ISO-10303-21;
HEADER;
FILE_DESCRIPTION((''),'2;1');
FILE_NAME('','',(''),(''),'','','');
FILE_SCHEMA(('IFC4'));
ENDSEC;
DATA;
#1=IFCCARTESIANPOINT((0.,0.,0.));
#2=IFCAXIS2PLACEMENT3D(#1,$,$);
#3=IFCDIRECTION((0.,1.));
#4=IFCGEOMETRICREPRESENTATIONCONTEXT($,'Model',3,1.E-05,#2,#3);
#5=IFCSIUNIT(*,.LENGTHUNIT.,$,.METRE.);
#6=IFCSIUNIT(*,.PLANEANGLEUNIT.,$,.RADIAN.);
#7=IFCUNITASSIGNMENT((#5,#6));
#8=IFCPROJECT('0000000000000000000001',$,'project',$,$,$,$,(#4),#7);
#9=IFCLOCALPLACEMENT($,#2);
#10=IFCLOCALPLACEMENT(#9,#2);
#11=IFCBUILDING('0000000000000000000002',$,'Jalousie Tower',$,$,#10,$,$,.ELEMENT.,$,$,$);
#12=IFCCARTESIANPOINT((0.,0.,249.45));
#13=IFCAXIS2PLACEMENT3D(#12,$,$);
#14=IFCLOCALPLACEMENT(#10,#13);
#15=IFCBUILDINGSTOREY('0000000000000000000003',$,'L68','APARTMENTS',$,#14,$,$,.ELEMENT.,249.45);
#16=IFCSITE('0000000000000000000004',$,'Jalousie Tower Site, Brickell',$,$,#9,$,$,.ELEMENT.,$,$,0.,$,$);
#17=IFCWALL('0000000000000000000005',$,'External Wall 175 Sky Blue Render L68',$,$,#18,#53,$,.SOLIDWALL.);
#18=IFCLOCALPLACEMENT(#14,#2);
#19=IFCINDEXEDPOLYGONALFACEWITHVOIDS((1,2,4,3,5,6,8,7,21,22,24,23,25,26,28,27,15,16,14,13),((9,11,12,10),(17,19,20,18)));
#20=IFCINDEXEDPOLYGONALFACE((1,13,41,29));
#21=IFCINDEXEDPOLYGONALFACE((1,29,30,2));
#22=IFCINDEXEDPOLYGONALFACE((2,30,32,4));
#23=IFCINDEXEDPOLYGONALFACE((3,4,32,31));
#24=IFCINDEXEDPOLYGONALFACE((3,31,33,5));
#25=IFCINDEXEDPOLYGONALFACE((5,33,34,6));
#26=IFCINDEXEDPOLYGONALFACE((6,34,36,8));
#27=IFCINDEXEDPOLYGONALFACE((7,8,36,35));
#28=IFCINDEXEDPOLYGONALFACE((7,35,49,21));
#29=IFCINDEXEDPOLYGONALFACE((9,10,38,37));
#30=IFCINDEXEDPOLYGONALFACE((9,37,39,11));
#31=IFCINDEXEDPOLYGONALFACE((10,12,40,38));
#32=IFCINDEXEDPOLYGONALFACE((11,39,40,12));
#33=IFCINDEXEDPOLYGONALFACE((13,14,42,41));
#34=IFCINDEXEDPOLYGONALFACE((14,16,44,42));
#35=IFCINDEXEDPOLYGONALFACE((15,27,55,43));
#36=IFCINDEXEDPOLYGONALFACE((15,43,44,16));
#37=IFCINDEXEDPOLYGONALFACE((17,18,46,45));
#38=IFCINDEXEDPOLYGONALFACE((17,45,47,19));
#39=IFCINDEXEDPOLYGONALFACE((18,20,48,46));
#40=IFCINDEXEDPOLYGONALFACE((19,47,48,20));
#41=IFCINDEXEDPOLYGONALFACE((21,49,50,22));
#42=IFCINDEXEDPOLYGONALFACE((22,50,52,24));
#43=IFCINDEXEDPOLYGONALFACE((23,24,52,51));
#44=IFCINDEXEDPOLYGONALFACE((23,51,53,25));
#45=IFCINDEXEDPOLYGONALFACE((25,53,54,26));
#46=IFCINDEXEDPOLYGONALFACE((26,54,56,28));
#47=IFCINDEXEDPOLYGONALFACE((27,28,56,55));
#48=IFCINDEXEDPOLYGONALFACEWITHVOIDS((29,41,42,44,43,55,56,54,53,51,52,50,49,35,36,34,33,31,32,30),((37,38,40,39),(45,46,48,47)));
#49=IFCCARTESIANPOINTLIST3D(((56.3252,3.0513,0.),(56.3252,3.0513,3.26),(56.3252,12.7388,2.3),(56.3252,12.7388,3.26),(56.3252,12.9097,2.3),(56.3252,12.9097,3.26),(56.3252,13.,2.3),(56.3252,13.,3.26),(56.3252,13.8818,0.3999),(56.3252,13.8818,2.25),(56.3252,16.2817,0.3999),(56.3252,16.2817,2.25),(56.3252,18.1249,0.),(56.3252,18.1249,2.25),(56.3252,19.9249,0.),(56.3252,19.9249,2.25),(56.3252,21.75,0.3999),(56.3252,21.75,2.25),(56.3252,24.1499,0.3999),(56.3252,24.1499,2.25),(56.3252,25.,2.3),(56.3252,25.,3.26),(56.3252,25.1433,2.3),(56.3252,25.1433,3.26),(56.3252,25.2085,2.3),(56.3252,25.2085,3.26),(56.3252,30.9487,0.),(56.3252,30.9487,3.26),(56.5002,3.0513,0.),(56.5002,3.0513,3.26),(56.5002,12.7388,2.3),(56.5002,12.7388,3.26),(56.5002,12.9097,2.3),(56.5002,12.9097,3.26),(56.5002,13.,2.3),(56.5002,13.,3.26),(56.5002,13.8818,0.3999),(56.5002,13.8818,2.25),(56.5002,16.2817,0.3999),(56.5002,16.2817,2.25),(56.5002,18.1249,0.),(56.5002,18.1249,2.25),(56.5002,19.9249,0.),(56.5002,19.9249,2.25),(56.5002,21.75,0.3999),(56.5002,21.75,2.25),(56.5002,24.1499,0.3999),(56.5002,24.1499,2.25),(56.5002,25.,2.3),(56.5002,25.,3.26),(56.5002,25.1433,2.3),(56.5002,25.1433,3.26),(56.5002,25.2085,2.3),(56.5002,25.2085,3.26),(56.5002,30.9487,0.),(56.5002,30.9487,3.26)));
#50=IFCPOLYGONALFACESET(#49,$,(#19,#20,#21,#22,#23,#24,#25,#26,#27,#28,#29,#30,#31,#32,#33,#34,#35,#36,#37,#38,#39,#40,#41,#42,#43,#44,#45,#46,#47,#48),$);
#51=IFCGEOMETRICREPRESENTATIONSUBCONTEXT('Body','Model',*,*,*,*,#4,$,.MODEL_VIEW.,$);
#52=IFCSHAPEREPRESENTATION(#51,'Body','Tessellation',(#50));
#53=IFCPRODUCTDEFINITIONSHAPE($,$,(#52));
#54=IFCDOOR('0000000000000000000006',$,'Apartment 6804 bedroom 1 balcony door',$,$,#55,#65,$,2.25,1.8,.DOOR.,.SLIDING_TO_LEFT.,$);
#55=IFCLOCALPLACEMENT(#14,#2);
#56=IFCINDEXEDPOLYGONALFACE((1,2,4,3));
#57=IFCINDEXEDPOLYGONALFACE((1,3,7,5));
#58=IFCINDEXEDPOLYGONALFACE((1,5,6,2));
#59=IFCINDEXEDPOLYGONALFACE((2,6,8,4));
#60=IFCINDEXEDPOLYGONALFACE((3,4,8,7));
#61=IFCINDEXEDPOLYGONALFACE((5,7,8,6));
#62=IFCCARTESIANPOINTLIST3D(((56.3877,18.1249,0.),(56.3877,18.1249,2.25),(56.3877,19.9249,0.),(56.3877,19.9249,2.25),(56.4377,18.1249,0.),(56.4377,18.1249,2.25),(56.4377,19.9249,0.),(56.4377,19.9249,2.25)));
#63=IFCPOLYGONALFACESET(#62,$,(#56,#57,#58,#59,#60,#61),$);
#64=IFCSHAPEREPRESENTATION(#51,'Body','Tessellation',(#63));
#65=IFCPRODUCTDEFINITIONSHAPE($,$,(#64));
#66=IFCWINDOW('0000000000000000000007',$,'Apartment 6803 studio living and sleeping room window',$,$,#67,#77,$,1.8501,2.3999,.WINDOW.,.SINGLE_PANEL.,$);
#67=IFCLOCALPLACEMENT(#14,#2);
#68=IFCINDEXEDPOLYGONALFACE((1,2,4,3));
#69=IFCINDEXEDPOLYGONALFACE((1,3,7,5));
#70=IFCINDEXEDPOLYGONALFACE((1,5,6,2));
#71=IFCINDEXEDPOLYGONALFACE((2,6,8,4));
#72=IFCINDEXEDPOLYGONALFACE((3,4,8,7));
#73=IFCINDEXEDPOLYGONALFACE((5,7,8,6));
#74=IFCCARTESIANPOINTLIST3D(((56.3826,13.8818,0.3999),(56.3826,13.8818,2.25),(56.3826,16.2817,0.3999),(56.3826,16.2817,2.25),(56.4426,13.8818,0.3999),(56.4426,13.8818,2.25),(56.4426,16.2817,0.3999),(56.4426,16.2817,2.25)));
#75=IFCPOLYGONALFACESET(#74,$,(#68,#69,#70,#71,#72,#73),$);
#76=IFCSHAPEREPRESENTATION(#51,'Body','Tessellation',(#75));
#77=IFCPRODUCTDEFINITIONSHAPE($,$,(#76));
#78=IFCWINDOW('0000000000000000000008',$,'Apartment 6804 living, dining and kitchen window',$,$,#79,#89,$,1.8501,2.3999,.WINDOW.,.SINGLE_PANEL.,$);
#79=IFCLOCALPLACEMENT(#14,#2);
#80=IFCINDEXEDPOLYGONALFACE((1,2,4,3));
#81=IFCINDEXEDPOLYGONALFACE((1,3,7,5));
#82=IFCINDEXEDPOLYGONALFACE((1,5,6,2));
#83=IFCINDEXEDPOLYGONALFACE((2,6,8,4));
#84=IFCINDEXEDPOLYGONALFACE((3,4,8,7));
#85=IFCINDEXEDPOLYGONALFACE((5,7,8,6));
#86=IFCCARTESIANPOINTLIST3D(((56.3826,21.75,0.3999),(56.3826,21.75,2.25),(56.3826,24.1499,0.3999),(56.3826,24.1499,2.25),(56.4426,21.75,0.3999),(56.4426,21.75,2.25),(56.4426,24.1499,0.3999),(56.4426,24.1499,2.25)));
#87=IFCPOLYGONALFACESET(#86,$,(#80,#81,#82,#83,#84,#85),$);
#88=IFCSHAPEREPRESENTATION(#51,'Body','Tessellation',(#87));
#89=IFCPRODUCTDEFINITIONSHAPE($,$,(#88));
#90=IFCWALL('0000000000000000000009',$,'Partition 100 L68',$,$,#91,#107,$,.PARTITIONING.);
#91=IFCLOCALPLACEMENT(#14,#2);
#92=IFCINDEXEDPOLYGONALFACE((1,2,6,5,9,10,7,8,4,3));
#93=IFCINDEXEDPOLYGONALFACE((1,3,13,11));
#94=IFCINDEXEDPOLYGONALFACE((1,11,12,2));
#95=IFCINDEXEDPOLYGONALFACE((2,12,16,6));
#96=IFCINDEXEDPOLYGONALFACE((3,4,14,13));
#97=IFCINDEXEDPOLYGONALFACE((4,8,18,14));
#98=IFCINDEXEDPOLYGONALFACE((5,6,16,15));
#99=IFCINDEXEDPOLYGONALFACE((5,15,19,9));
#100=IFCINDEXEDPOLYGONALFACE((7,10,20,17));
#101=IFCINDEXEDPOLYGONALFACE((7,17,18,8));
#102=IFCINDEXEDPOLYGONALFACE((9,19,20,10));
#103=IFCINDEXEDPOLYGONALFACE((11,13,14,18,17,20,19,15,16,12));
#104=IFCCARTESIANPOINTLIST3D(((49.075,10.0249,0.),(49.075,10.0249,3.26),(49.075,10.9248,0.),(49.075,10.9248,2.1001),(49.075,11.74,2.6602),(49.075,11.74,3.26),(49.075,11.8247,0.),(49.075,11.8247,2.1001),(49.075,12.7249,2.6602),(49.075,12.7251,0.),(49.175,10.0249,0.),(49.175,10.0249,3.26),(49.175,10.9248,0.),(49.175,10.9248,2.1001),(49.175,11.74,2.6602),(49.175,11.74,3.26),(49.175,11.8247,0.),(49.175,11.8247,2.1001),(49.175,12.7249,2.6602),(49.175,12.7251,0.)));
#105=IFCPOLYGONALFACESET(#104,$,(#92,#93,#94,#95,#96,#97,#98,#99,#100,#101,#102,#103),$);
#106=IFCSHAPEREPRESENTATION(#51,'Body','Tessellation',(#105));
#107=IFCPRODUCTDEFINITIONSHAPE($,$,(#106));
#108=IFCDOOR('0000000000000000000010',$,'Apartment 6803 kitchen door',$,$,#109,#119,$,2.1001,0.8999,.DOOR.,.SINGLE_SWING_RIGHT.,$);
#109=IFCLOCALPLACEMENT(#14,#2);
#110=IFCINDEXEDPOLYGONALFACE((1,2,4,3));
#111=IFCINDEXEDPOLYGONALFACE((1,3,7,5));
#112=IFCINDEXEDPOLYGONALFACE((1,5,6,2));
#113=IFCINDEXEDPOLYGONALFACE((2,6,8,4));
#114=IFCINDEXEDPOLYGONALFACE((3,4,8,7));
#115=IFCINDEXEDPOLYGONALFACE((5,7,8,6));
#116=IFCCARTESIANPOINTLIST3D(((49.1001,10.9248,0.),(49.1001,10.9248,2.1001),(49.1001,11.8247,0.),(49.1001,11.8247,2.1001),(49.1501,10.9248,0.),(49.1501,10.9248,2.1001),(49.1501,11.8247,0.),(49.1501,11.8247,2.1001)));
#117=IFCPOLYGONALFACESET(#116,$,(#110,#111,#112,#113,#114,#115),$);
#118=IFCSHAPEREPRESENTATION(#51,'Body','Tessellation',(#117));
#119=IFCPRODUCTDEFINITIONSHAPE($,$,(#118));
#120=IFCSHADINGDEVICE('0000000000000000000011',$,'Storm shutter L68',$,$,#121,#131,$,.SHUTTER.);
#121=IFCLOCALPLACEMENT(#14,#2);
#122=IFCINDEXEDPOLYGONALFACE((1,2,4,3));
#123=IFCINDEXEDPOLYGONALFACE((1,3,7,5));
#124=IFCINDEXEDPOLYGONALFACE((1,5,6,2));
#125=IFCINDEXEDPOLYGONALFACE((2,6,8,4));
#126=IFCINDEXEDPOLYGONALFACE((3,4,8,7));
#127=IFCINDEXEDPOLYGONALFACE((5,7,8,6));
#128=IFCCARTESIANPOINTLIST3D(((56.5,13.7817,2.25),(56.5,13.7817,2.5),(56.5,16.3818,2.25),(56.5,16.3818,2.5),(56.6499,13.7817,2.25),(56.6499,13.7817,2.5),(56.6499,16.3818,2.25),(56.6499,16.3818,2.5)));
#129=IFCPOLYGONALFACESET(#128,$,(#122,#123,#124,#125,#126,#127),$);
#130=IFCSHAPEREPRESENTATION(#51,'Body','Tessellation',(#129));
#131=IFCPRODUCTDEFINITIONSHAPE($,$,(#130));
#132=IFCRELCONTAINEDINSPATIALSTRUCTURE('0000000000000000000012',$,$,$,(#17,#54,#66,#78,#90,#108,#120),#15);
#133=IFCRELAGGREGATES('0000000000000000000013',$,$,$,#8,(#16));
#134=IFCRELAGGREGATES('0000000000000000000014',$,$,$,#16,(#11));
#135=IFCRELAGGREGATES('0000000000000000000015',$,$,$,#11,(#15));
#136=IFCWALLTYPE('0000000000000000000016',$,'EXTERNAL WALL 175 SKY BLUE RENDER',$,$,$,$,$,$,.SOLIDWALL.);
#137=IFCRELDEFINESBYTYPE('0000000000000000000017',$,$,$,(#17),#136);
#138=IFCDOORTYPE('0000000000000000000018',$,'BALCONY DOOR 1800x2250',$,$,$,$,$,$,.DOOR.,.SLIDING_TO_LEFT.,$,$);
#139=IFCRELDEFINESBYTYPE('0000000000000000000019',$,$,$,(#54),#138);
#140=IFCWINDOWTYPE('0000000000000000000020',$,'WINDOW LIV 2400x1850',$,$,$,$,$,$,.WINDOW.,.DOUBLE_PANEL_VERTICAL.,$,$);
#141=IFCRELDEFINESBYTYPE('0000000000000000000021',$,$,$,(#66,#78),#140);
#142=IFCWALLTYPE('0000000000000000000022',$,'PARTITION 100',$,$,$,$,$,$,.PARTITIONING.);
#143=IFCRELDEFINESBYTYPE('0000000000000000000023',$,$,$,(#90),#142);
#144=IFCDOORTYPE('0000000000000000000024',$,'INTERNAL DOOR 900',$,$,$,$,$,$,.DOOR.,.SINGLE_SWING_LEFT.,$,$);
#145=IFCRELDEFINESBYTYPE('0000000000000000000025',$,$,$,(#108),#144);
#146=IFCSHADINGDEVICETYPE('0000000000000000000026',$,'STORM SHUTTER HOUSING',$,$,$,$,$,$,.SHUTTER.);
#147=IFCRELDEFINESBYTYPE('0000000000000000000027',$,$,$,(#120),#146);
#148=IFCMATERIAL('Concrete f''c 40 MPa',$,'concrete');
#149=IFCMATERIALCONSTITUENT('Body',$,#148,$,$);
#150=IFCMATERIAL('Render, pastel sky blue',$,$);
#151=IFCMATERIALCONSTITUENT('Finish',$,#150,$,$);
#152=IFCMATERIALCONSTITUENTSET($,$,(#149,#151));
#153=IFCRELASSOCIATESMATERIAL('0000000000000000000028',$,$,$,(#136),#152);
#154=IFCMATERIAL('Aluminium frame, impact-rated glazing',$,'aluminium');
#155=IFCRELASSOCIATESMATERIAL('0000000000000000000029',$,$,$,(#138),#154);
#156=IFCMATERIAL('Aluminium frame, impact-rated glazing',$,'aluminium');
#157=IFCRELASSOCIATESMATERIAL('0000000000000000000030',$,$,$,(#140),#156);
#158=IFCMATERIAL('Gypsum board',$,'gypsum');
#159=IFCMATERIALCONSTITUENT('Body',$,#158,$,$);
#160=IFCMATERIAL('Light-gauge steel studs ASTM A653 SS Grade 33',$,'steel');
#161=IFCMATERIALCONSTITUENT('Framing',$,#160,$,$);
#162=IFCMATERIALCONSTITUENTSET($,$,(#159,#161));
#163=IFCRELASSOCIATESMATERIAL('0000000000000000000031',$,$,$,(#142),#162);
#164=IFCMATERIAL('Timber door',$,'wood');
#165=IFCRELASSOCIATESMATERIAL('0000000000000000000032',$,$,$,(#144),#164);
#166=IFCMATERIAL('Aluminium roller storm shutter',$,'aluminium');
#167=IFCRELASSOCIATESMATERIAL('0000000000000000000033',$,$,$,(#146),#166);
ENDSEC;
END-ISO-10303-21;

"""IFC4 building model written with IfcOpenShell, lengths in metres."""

from ifc_helpers import new_model, si_unit, direction, frame, frame_2d, origin, origin_2d, place, context, subcontext, project, spatial, polyline, rectangle, outline, extrude, material, constituent, constituent_set, type_object, element, fill, save


model = new_model("IFC4")

# Units and contexts
model_context = context("Model", 3, precision=1e-05, world=origin(), true_north=direction((0.0, 1.0)))
body_context = subcontext(model_context, "Body", "Model", "MODEL_VIEW")
ifc_project = project(units=[si_unit("LENGTHUNIT", "METRE"), si_unit("PLANEANGLEUNIT", "RADIAN")], contexts=[model_context])

# Site, building, storey
site_placement = place(None, origin())
site = spatial("IfcSite", under=ifc_project, at=site_placement, Name="Jalousie Tower Site, Brickell", CompositionType="ELEMENT", RefElevation=0.0)
building_placement = place(site_placement, origin())
building = spatial("IfcBuilding", under=site, at=building_placement, Name="Jalousie Tower", CompositionType="ELEMENT")
storey_placement = place(building_placement, frame((0.0, 0.0, 249.45)))
storey = spatial("IfcBuildingStorey", under=building, at=storey_placement, Name="L68", Description="APARTMENTS", CompositionType="ELEMENT", Elevation=249.45)

# Wall, openings, door, windows
ifc_material_1 = material(Name="Concrete f'c 40 MPa", Category="concrete")
ifc_constituent_1 = constituent(ifc_material_1, Name="Body")
ifc_material_2 = material(Name="Render, pastel sky blue")
ifc_constituent_2 = constituent(ifc_material_2, Name="Finish")
ifc_constituent_set_1 = constituent_set(constituents=[ifc_constituent_1, ifc_constituent_2])
wall_type_1 = type_object("IfcWallType", Name="EXTERNAL WALL 175 SKY BLUE RENDER", PredefinedType="SOLIDWALL", material=ifc_constituent_set_1)
wall_1_placement = place(storey_placement, frame((56.4126, 3.0513, 0.0), z_axis=(0.0, 0.0, 1.0), x_axis=(0.0, 1.0, 0.0)))
wall_1 = element("IfcWall", 1, at=wall_1_placement, inside=storey, type_object=wall_type_1, Name="External Wall 175 Sky Blue Render L68", PredefinedType="SOLIDWALL", context=body_context, shape_type="SweptSolid", body=[
    extrude(outline(polyline([(0.0, 0.0), (27.8975, 0.0), (27.8975, 3.26), (22.1572, 3.26), (22.1572, 2.3), (22.092, 2.3), (22.092, 3.26), (21.9487, 3.26), (21.9487, 2.3), (9.9487, 2.3), (9.9487, 3.26), (9.8584, 3.26), (9.8584, 2.3), (9.6875, 2.3), (9.6875, 3.26), (0.0, 3.26), (0.0, 0.0)])), frame((0.0, 0.0874, 0.0), z_axis=(0.0, -1.0, 0.0), x_axis=(1.0, 0.0, 0.0)), (0.0, 0.0, 1.0), 0.175),
])
opening_1_placement = place(wall_1_placement, frame((10.8306, 0.0, 0.3999)))
opening_1 = element("IfcOpeningElement", 2, at=opening_1_placement, cuts=wall_1, PredefinedType="OPENING", context=body_context, shape_type="SweptSolid", body=[
    extrude(rectangle(XDim=2.3999, YDim=1.8501, at=frame_2d((1.2, 0.925))), frame((0.0, 0.0974, 0.0), z_axis=(0.0, -1.0, 0.0), x_axis=(1.0, 0.0, 0.0)), (0.0, 0.0, 1.0), 0.1951),
])
opening_2_placement = place(wall_1_placement, frame((15.0737, 0.0, 0.0)))
opening_2 = element("IfcOpeningElement", 3, at=opening_2_placement, cuts=wall_1, PredefinedType="OPENING", context=body_context, shape_type="SweptSolid", body=[
    extrude(rectangle(XDim=1.8, YDim=2.25, at=frame_2d((0.8999, 1.125))), frame((0.0, 0.0974, 0.0), z_axis=(0.0, -1.0, 0.0), x_axis=(1.0, 0.0, 0.0)), (0.0, 0.0, 1.0), 0.1951),
])
opening_3_placement = place(wall_1_placement, frame((18.6987, 0.0, 0.3999)))
opening_3 = element("IfcOpeningElement", 4, at=opening_3_placement, cuts=wall_1, PredefinedType="OPENING", context=body_context, shape_type="SweptSolid", body=[
    extrude(rectangle(XDim=2.3999, YDim=1.8501, at=frame_2d((1.2, 0.925))), frame((0.0, 0.0974, 0.0), z_axis=(0.0, -1.0, 0.0), x_axis=(1.0, 0.0, 0.0)), (0.0, 0.0, 1.0), 0.1951),
])
ifc_material_3 = material(Name="Aluminium frame, impact-rated glazing", Category="aluminium")
door_type_1 = type_object("IfcDoorType", Name="BALCONY DOOR 1800x2250", OperationType="SLIDING_TO_LEFT", PredefinedType="DOOR", material=ifc_material_3)
door_1_placement = place(opening_2_placement, origin())
door_1 = element("IfcDoor", 5, at=door_1_placement, inside=storey, type_object=door_type_1, Name="Apartment 6804 bedroom 1 balcony door", OperationType="SLIDING_TO_LEFT", OverallHeight=2.25, OverallWidth=1.8, PredefinedType="DOOR", context=body_context, shape_type="SweptSolid", body=[
    extrude(rectangle(XDim=1.8, YDim=2.25, at=frame_2d((0.8999, 1.125))), frame((0.0, 0.0249, 0.0), z_axis=(0.0, -1.0, 0.0), x_axis=(1.0, 0.0, 0.0)), (0.0, 0.0, 1.0), 0.05),
])
fill(opening_2, door_1)
ifc_material_4 = material(Name="Aluminium frame, impact-rated glazing", Category="aluminium")
window_type = type_object("IfcWindowType", Name="WINDOW LIV 2400x1850", PartitioningType="DOUBLE_PANEL_VERTICAL", PredefinedType="WINDOW", material=ifc_material_4)
window_1_placement = place(opening_1_placement, origin())
window_1 = element("IfcWindow", 6, at=window_1_placement, inside=storey, type_object=window_type, Name="Apartment 6803 studio living and sleeping room window", OverallHeight=1.8501, OverallWidth=2.3999, PartitioningType="SINGLE_PANEL", PredefinedType="WINDOW", context=body_context, shape_type="SweptSolid", body=[
    extrude(rectangle(XDim=2.3999, YDim=1.8501, at=frame_2d((1.2, 0.925))), frame((0.0, 0.03, 0.0), z_axis=(0.0, -1.0, 0.0), x_axis=(1.0, 0.0, 0.0)), (0.0, 0.0, 1.0), 0.0601),
])
fill(opening_1, window_1)
window_2_placement = place(opening_3_placement, origin())
window_2 = element("IfcWindow", 7, at=window_2_placement, inside=storey, type_object=window_type, Name="Apartment 6804 living, dining and kitchen window", OverallHeight=1.8501, OverallWidth=2.3999, PartitioningType="SINGLE_PANEL", PredefinedType="WINDOW", context=body_context, shape_type="SweptSolid", body=[
    extrude(rectangle(XDim=2.3999, YDim=1.8501, at=frame_2d((1.2, 0.925))), frame((0.0, 0.03, 0.0), z_axis=(0.0, -1.0, 0.0), x_axis=(1.0, 0.0, 0.0)), (0.0, 0.0, 1.0), 0.0601),
])
fill(opening_3, window_2)

# Wall, opening, door
ifc_material_5 = material(Name="Gypsum board", Category="gypsum")
ifc_constituent_3 = constituent(ifc_material_5, Name="Body")
ifc_material_6 = material(Name="Light-gauge steel studs ASTM A653 SS Grade 33", Category="steel")
ifc_constituent_4 = constituent(ifc_material_6, Name="Framing")
ifc_constituent_set_2 = constituent_set(constituents=[ifc_constituent_3, ifc_constituent_4])
wall_type_2 = type_object("IfcWallType", Name="PARTITION 100", PredefinedType="PARTITIONING", material=ifc_constituent_set_2)
wall_2_placement = place(storey_placement, frame((49.125, 10.0249, 0.0), z_axis=(0.0, 0.0, 1.0), x_axis=(0.0, 1.0, 0.0)))
wall_2 = element("IfcWall", 8, at=wall_2_placement, inside=storey, type_object=wall_type_2, Name="Partition 100 L68", PredefinedType="PARTITIONING", context=body_context, shape_type="SweptSolid", body=[
    extrude(outline(polyline([(0.0, 0.0), (2.7002, 0.0), (2.7, 3.26), (2.7, 2.6602), (1.7151, 2.6602), (1.7151, 3.26), (0.0, 3.26), (0.0, 0.0)])), frame((0.0, 0.05, 0.0), z_axis=(0.0, -1.0, 0.0), x_axis=(1.0, 0.0, 0.0)), (0.0, 0.0, 1.0), 0.1001),
])
opening_4_placement = place(wall_2_placement, frame((0.8999, 0.0, 0.0)))
opening_4 = element("IfcOpeningElement", 9, at=opening_4_placement, cuts=wall_2, PredefinedType="OPENING", context=body_context, shape_type="SweptSolid", body=[
    extrude(rectangle(XDim=0.8999, YDim=2.1001, at=frame_2d((0.45, 1.05))), frame((0.0, 0.0601, 0.0), z_axis=(0.0, -1.0, 0.0), x_axis=(1.0, 0.0, 0.0)), (0.0, 0.0, 1.0), 0.1201),
])
ifc_material_7 = material(Name="Timber door", Category="wood")
door_type_2 = type_object("IfcDoorType", Name="INTERNAL DOOR 900", OperationType="SINGLE_SWING_LEFT", PredefinedType="DOOR", material=ifc_material_7)
door_2_placement = place(opening_4_placement, origin())
door_2 = element("IfcDoor", 10, at=door_2_placement, inside=storey, type_object=door_type_2, Name="Apartment 6803 kitchen door", OperationType="SINGLE_SWING_RIGHT", OverallHeight=2.1001, OverallWidth=0.8999, PredefinedType="DOOR", context=body_context, shape_type="SweptSolid", body=[
    extrude(rectangle(XDim=0.8999, YDim=2.1001, at=frame_2d((0.45, 1.05))), frame((0.0, 0.0249, 0.0), z_axis=(0.0, -1.0, 0.0), x_axis=(1.0, 0.0, 0.0)), (0.0, 0.0, 1.0), 0.05),
])
fill(opening_4, door_2)

# Shading device
ifc_material_8 = material(Name="Aluminium roller storm shutter", Category="aluminium")
shading_device_type = type_object("IfcShadingDeviceType", Name="STORM SHUTTER HOUSING", PredefinedType="SHUTTER", material=ifc_material_8)
shading_device_placement = place(storey_placement, frame((56.575, 15.0818, 2.25), z_axis=(0.0, 0.0, 1.0), x_axis=(0.0, 1.0, 0.0)))
element("IfcShadingDevice", 11, at=shading_device_placement, inside=storey, type_object=shading_device_type, Name="Storm shutter L68", PredefinedType="SHUTTER", context=body_context, shape_type="SweptSolid", body=[
    extrude(rectangle(XDim=2.6001, YDim=0.1499, at=origin_2d()), origin(), (0.0, 0.0, 1.0), 0.25),
])

save(model, "model.ifc")
